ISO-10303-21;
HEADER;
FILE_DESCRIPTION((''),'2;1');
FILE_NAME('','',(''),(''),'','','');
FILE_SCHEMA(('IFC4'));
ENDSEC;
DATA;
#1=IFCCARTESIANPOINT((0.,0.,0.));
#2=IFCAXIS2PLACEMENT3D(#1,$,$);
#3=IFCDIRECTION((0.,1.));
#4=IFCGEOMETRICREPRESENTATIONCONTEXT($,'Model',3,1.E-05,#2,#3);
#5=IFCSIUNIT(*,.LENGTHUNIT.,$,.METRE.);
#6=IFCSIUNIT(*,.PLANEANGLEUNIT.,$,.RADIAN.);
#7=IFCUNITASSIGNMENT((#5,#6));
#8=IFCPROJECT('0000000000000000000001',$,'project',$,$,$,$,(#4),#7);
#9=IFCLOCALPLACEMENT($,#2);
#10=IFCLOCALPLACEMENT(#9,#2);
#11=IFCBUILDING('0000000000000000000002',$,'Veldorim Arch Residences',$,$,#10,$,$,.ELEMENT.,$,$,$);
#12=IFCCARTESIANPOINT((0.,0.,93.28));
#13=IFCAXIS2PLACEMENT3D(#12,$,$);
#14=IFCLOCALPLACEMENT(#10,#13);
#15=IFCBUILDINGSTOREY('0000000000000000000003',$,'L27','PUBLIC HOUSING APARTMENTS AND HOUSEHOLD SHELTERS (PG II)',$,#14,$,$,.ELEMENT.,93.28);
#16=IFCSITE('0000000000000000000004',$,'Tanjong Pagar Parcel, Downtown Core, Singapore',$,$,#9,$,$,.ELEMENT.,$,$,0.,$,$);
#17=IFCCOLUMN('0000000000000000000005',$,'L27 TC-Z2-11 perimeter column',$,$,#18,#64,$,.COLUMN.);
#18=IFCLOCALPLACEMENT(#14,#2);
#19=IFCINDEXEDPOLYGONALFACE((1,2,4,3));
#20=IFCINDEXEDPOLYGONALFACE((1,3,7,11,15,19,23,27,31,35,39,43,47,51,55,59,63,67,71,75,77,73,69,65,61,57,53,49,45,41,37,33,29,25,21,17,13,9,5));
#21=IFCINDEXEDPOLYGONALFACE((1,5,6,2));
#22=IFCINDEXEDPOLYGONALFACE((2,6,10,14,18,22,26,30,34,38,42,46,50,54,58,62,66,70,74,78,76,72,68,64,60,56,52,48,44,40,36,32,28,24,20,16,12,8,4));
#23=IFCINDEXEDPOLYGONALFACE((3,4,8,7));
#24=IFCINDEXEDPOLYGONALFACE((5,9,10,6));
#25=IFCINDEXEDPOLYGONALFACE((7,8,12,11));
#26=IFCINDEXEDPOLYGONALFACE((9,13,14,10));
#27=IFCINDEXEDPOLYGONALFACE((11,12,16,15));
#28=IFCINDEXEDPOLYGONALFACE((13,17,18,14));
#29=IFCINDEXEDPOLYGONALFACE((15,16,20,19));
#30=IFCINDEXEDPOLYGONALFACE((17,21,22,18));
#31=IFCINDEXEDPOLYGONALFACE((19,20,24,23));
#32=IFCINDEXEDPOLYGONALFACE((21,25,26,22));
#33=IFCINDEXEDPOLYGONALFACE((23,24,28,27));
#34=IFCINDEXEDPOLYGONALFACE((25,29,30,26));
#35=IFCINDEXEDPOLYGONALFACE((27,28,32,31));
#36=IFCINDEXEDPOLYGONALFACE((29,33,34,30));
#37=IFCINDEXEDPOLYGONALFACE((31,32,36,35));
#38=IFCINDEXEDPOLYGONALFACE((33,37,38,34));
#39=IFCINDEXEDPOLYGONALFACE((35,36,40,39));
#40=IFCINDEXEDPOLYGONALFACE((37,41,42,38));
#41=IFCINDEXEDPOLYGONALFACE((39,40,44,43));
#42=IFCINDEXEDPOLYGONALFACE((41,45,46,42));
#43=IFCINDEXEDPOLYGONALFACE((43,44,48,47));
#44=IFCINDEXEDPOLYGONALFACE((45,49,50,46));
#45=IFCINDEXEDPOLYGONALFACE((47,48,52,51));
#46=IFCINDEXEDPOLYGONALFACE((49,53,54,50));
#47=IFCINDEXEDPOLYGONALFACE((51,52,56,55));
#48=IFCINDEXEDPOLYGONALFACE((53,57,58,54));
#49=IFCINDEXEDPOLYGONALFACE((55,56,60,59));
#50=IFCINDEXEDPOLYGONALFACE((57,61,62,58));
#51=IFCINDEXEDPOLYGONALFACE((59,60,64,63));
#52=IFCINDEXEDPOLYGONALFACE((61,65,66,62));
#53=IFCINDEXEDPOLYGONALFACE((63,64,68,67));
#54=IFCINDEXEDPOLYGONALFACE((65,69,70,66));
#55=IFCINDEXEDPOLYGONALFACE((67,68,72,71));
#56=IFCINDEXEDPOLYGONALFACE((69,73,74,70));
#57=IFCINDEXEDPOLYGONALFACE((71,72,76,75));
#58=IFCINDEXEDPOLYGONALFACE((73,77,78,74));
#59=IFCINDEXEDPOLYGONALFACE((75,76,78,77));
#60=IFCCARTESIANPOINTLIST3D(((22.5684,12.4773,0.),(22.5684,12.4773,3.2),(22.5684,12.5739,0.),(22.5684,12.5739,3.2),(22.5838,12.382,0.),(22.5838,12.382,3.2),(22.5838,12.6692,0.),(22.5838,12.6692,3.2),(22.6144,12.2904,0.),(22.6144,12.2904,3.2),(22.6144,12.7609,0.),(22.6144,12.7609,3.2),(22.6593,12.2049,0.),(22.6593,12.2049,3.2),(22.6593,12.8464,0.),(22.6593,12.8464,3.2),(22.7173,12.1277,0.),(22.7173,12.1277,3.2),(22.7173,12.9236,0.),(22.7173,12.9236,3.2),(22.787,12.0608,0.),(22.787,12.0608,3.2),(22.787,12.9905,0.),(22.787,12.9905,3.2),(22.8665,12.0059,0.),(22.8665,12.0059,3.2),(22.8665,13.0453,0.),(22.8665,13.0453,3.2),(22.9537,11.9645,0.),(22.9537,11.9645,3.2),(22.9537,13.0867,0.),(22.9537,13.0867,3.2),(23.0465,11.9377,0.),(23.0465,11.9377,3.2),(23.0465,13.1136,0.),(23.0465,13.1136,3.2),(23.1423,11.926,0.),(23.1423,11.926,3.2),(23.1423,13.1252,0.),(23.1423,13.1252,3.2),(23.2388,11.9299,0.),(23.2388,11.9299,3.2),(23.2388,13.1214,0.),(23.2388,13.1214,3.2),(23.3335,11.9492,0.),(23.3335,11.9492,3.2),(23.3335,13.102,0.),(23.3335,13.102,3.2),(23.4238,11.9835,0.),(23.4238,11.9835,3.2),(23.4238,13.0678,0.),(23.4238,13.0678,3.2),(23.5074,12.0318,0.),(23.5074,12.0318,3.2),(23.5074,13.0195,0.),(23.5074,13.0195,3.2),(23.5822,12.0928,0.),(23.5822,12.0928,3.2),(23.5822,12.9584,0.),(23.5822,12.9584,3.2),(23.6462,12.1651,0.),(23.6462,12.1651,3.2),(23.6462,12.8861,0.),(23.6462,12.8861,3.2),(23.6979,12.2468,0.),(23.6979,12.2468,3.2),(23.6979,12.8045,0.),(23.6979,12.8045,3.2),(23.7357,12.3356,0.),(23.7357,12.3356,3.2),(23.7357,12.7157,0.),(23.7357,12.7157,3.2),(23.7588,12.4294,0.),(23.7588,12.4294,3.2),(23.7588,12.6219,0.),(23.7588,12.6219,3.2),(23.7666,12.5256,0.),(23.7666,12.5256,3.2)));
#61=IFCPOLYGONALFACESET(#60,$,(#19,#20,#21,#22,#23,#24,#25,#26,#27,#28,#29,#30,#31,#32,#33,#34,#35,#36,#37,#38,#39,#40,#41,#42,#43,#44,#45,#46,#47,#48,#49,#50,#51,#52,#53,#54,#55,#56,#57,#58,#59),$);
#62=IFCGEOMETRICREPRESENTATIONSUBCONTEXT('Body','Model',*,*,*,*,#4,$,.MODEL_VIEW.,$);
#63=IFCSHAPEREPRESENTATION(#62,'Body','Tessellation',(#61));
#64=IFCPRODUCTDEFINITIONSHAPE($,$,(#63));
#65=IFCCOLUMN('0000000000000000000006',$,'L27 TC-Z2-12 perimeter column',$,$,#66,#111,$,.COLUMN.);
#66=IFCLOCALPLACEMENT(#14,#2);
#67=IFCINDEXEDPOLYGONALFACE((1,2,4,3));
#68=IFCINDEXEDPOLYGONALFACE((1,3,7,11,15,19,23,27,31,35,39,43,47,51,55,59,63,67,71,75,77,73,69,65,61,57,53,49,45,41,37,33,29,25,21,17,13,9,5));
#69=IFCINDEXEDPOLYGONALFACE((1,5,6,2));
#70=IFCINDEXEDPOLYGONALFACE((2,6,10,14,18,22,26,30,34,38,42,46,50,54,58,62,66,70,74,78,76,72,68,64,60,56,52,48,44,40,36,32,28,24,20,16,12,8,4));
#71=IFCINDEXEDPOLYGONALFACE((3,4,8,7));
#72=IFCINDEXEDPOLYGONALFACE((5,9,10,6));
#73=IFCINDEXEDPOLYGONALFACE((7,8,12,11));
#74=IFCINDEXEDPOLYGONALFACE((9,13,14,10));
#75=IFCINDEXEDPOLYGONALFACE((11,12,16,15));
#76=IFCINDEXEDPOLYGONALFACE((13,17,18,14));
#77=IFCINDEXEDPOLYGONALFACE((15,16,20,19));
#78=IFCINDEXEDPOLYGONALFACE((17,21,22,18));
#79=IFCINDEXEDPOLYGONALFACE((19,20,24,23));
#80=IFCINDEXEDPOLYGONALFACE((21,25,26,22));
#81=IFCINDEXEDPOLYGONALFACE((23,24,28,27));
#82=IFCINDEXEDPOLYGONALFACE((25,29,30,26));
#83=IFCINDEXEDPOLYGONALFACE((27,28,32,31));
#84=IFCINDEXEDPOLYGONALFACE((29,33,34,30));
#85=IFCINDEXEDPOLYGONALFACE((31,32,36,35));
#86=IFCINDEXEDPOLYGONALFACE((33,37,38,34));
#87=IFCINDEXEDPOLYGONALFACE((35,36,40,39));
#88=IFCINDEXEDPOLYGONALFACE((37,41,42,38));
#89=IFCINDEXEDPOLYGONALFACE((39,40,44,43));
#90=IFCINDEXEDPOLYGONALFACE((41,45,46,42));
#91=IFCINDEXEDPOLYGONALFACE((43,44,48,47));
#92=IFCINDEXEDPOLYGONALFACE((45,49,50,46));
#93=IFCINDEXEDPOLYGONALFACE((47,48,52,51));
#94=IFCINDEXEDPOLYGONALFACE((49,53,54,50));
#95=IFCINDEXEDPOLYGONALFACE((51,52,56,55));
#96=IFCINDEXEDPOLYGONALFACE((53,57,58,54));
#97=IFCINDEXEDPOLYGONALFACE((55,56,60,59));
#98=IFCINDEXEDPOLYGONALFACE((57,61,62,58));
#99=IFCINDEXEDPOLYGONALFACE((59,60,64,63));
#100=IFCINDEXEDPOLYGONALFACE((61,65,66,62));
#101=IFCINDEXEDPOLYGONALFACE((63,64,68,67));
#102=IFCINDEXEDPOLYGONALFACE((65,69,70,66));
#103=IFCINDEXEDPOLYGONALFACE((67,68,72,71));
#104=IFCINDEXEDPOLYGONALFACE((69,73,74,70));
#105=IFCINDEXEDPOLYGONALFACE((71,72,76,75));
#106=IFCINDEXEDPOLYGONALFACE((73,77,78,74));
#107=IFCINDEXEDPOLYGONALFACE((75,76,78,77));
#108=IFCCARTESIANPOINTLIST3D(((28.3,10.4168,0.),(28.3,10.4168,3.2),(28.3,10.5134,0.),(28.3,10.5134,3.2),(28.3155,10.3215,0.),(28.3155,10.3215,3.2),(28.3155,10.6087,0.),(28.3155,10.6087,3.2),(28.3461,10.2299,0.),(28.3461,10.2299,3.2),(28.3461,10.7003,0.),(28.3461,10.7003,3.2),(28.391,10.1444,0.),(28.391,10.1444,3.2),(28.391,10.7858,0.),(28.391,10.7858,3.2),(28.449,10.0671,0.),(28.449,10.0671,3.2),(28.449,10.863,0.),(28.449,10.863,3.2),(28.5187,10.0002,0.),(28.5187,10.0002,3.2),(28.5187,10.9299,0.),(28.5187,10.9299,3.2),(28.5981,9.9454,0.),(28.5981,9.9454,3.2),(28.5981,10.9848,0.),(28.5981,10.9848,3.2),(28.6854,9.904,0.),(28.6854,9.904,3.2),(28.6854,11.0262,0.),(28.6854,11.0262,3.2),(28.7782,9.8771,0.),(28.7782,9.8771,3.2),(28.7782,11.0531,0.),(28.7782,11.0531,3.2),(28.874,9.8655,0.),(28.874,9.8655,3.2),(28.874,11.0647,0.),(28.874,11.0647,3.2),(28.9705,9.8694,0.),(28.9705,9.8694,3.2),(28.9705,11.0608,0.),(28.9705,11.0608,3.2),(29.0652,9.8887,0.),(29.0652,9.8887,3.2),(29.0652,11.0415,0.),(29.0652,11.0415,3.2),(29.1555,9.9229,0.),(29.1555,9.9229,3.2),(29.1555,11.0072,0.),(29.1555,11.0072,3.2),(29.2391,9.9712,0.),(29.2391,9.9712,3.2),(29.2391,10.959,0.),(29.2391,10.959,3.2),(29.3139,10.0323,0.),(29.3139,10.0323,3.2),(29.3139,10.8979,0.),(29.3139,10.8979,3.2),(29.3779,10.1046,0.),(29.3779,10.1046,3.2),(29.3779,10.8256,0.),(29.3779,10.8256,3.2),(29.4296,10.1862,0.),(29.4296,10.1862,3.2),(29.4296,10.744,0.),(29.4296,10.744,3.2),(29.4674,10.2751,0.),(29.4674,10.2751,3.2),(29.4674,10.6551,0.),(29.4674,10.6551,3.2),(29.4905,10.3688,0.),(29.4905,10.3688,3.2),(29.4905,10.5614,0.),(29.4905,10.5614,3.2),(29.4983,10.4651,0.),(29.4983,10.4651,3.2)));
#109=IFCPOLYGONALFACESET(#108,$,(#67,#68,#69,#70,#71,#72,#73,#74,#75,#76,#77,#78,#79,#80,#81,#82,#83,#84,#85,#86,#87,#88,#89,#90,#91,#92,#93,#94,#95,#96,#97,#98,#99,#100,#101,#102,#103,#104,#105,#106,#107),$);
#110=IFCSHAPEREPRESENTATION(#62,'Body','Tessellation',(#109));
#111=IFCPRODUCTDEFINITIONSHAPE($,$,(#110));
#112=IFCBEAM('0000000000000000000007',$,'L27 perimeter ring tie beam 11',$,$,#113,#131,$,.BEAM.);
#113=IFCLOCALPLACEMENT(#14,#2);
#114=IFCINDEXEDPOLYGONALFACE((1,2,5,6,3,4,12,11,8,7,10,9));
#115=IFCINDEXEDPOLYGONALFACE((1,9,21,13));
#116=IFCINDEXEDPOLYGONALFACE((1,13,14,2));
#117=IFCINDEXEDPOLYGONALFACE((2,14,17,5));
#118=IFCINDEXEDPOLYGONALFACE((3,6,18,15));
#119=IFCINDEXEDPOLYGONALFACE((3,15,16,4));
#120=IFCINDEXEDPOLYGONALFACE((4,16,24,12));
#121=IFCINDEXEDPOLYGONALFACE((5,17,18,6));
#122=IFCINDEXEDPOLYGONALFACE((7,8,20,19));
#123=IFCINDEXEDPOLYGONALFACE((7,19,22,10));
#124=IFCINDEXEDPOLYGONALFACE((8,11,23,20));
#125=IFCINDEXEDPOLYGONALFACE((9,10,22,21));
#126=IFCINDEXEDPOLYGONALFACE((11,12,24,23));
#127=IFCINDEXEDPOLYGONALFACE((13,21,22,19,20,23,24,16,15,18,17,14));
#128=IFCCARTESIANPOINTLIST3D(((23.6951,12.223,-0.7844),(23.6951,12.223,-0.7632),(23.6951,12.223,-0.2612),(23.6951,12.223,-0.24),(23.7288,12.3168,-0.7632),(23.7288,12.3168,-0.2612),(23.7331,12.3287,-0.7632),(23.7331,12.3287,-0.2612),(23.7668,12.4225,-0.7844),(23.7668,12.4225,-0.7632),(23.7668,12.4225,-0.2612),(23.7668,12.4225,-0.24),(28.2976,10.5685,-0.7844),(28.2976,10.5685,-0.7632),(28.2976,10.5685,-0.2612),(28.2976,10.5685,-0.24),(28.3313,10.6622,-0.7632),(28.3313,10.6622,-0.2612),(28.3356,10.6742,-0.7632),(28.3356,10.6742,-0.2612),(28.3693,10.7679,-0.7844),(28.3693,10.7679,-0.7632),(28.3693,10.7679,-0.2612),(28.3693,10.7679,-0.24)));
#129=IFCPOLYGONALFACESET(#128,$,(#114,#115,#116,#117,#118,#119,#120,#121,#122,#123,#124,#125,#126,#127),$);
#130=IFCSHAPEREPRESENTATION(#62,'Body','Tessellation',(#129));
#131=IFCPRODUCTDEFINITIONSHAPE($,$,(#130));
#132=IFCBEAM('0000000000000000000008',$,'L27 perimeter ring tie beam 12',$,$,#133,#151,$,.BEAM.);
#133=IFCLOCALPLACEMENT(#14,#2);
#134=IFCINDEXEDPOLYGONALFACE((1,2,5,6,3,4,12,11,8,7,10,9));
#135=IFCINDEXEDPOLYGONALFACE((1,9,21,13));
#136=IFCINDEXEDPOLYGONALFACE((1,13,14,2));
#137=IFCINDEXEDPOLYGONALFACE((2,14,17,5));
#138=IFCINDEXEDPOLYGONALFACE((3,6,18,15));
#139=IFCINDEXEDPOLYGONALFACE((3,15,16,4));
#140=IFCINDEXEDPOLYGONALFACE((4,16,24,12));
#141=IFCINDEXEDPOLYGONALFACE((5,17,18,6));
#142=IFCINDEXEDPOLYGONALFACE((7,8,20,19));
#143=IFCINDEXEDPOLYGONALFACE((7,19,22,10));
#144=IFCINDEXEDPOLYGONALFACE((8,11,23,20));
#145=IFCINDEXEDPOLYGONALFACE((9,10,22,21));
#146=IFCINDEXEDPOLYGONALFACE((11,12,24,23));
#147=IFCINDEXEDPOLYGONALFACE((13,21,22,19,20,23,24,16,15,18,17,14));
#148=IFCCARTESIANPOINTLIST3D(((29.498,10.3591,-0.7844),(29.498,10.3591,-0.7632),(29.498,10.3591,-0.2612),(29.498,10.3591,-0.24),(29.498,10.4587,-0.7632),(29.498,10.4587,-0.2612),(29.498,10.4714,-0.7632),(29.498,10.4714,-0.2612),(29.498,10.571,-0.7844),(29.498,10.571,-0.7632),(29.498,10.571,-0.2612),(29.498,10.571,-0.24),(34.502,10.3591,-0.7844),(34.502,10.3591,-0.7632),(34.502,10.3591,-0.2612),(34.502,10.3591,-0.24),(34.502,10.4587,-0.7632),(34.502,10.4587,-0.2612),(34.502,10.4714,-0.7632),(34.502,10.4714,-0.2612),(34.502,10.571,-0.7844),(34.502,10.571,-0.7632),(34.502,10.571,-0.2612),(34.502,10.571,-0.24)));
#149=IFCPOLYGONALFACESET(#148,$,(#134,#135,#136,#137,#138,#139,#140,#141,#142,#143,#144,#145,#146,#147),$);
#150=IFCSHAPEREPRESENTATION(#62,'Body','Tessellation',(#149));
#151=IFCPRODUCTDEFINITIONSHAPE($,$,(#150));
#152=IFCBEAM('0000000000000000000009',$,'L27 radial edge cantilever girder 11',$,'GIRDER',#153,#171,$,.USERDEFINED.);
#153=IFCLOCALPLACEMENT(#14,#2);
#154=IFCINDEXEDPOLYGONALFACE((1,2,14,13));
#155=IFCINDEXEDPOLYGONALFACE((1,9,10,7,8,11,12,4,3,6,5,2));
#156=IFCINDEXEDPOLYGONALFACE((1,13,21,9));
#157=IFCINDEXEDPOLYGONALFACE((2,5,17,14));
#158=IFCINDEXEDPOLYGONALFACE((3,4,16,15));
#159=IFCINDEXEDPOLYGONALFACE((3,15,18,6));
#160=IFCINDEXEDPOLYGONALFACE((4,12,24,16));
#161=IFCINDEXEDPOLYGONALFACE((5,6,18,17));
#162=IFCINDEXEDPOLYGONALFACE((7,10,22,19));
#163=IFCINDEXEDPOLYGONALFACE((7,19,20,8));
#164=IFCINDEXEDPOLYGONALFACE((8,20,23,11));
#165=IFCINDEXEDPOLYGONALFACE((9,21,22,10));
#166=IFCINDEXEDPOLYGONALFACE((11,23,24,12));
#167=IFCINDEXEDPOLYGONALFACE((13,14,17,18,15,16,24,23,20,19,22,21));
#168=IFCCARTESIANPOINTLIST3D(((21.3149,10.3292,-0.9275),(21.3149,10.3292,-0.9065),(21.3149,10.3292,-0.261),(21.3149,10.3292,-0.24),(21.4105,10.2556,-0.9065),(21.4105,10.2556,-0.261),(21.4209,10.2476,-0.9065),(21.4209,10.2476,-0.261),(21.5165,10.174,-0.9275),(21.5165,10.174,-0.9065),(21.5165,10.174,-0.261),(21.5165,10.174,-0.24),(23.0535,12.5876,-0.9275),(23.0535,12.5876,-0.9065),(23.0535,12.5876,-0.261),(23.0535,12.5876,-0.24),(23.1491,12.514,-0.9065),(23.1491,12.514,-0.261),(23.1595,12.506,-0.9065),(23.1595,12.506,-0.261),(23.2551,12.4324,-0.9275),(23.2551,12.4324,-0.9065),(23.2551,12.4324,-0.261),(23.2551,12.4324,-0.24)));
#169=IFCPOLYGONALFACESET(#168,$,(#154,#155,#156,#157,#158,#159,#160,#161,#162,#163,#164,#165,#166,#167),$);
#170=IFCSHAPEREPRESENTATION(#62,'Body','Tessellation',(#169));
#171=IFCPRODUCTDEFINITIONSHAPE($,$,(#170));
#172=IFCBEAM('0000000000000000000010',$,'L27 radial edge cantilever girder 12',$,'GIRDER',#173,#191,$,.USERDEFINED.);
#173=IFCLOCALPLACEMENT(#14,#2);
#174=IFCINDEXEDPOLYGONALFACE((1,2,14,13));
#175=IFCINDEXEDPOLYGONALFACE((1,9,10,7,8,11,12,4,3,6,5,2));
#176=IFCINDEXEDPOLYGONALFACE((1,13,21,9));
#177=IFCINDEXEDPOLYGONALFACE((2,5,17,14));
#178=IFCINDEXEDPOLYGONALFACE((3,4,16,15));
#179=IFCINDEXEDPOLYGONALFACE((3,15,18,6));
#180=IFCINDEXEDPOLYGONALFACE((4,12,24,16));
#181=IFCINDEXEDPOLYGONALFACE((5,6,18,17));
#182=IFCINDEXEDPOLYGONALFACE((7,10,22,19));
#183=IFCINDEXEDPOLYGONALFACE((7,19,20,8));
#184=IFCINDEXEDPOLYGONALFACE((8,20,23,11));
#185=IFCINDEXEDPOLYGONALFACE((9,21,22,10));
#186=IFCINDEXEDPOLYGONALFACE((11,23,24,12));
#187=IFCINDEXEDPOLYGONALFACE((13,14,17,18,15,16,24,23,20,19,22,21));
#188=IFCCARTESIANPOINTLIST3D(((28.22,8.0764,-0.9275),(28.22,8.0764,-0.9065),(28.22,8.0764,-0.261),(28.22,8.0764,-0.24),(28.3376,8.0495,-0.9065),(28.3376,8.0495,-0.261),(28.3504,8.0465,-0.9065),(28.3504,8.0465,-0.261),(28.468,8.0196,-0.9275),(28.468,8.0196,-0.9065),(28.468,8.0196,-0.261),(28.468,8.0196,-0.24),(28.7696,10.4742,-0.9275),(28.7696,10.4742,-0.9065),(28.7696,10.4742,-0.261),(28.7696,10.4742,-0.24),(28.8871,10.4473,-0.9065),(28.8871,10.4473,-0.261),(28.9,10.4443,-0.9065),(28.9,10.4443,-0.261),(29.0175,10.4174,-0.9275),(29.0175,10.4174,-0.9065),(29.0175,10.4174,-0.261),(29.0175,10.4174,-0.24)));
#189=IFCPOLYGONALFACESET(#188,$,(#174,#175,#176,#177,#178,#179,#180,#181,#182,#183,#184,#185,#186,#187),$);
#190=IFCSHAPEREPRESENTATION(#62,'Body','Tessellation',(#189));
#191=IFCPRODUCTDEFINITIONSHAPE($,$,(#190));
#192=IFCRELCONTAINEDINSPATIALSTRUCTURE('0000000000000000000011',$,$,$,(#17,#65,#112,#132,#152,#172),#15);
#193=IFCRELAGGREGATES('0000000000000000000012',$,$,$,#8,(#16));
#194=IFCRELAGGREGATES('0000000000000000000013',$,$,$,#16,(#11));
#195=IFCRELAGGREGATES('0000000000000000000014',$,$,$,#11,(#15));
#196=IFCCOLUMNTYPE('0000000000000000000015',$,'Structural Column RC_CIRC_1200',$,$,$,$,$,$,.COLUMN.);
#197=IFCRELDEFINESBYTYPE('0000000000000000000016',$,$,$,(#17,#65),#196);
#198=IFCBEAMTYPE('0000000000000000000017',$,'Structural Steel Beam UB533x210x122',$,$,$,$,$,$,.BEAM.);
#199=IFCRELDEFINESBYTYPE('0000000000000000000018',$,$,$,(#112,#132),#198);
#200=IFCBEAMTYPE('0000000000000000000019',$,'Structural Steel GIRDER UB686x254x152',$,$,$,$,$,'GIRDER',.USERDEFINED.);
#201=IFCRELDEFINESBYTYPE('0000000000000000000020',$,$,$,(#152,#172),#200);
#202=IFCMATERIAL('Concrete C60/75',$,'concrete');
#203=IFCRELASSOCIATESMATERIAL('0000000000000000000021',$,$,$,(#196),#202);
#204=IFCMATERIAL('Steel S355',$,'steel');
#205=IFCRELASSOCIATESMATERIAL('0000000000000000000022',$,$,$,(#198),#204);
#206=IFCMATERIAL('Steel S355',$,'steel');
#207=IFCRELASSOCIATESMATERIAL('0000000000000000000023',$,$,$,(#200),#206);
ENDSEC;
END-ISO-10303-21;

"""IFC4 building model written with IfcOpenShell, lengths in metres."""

from ifc_helpers import new_model, si_unit, direction, frame, origin, origin_2d, place, context, subcontext, project, spatial, circle, i_section, extrude, material, material_profile, profile_set, type_object, element, save


model = new_model("IFC4")

# Units and contexts
model_context = context("Model", 3, precision=1e-05, world=origin(), true_north=direction((0.0, 1.0)))
body_context = subcontext(model_context, "Body", "Model", "MODEL_VIEW")
ifc_project = project(units=[si_unit("LENGTHUNIT", "METRE"), si_unit("PLANEANGLEUNIT", "RADIAN")], contexts=[model_context])

# Site, building, storey
site_placement = place(None, origin())
site = spatial("IfcSite", under=ifc_project, at=site_placement, Name="Tanjong Pagar Parcel, Downtown Core, Singapore", CompositionType="ELEMENT", RefElevation=0.0)
building_placement = place(site_placement, origin())
building = spatial("IfcBuilding", under=site, at=building_placement, Name="Veldorim Arch Residences", CompositionType="ELEMENT")
storey_placement = place(building_placement, frame((0.0, 0.0, 93.28)))
storey = spatial("IfcBuildingStorey", under=building, at=storey_placement, Name="L27", Description="PUBLIC HOUSING APARTMENTS AND HOUSEHOLD SHELTERS (PG II)", CompositionType="ELEMENT", Elevation=93.28)

# Columns
ifc_material_1 = material(Name="Concrete C60/75", Category="concrete")
ifc_material_profile_1 = material_profile(ifc_material_1, circle(Radius=0.6001, at=origin_2d()), Name="RC_CIRC_1200")
ifc_profile_set_1 = profile_set([ifc_material_profile_1], Name="Concrete C60/75")
column_type = type_object("IfcColumnType", Name="Structural Column RC_CIRC_1200", PredefinedType="COLUMN", material=ifc_profile_set_1)
for number, where, z_axis, x_axis, name in (
    (1, (23.1665, 12.5256, 0.0), (0.0, 0.0, 1.0), (1.0, 0.0, 0.0), "L27 TC-Z2-11 perimeter column"),
    (2, (28.8982, 10.4651, 0.0), (0.0, 0.0, 1.0), (1.0, 0.0, 0.0), "L27 TC-Z2-12 perimeter column"),
):
    element("IfcColumn", number, at=place(storey_placement, frame(where, z_axis=z_axis, x_axis=x_axis)), inside=storey, type_object=column_type, Name=name, PredefinedType="COLUMN", context=body_context, shape_type="SweptSolid", body=[
        extrude(circle(Radius=0.6001, at=origin_2d()), origin(), (0.0, 0.0, 1.0), 3.2),
    ])

# Beams
ifc_material_2 = material(Name="Steel S355", Category="steel")
ifc_material_profile_2 = material_profile(ifc_material_2, i_section(OverallWidth=0.2119, OverallDepth=0.5444, WebThickness=0.0127, FlangeThickness=0.0212, at=origin_2d()), Name="UB533x210x122")
ifc_profile_set_2 = profile_set([ifc_material_profile_2], Name="Steel S355")
beam_type_1 = type_object("IfcBeamType", Name="Structural Steel Beam UB533x210x122", PredefinedType="BEAM", material=ifc_profile_set_2)
beam_1_placement = place(storey_placement, frame((23.731, 12.3228, -0.5122), z_axis=(0.941042, -0.33829, 0.0), x_axis=(0.33829, 0.941042, 0.0)))
element("IfcBeam", 3, at=beam_1_placement, inside=storey, type_object=beam_type_1, Name="L27 perimeter ring tie beam 11", PredefinedType="BEAM", context=body_context, shape_type="SweptSolid", body=[
    extrude(i_section(OverallWidth=0.2119, OverallDepth=0.5444, WebThickness=0.0127, FlangeThickness=0.0212, at=origin_2d()), origin(), (0.0, 0.0, 1.0), 4.8909),
])
beam_2_placement = place(storey_placement, frame((29.498, 10.4651, -0.5122), z_axis=(1.0, 0.0, 0.0), x_axis=(0.0, 1.0, 0.0)))
element("IfcBeam", 4, at=beam_2_placement, inside=storey, type_object=beam_type_1, Name="L27 perimeter ring tie beam 12", PredefinedType="BEAM", context=body_context, shape_type="SweptSolid", body=[
    extrude(i_section(OverallWidth=0.2119, OverallDepth=0.5444, WebThickness=0.0127, FlangeThickness=0.0212, at=origin_2d()), origin(), (0.0, 0.0, 1.0), 5.0039),
])
ifc_material_3 = material(Name="Steel S355", Category="steel")
ifc_material_profile_3 = material_profile(ifc_material_3, i_section(OverallWidth=0.2544, OverallDepth=0.6875, WebThickness=0.0132, FlangeThickness=0.021, at=origin_2d()), Name="UB686x254x152")
ifc_profile_set_3 = profile_set([ifc_material_profile_3], Name="Steel S355")
beam_type_2 = type_object("IfcBeamType", Name="Structural Steel GIRDER UB686x254x152", ElementType="GIRDER", PredefinedType="USERDEFINED", material=ifc_profile_set_3)
beam_3_placement = place(storey_placement, frame((23.1543, 12.51, -0.5837), z_axis=(-0.610013, -0.792391, 0.0), x_axis=(0.792391, -0.610013, 0.0)))
element("IfcBeam", 5, at=beam_3_placement, inside=storey, type_object=beam_type_2, Name="L27 radial edge cantilever girder 11", ObjectType="GIRDER", PredefinedType="USERDEFINED", context=body_context, shape_type="SweptSolid", body=[
    extrude(i_section(OverallWidth=0.2544, OverallDepth=0.6875, WebThickness=0.0132, FlangeThickness=0.021, at=origin_2d()), origin(), (0.0, 0.0, 1.0), 2.8501),
])
beam_4_placement = place(storey_placement, frame((28.8936, 10.4458, -0.5837), z_axis=(-0.22341, -0.974725, 0.0), x_axis=(0.974725, -0.22341, 0.0)))
element("IfcBeam", 6, at=beam_4_placement, inside=storey, type_object=beam_type_2, Name="L27 radial edge cantilever girder 12", ObjectType="GIRDER", PredefinedType="USERDEFINED", context=body_context, shape_type="SweptSolid", body=[
    extrude(i_section(OverallWidth=0.2544, OverallDepth=0.6875, WebThickness=0.0132, FlangeThickness=0.021, at=origin_2d()), origin(), (0.0, 0.0, 1.0), 2.46),
])

save(model, "model.ifc")
